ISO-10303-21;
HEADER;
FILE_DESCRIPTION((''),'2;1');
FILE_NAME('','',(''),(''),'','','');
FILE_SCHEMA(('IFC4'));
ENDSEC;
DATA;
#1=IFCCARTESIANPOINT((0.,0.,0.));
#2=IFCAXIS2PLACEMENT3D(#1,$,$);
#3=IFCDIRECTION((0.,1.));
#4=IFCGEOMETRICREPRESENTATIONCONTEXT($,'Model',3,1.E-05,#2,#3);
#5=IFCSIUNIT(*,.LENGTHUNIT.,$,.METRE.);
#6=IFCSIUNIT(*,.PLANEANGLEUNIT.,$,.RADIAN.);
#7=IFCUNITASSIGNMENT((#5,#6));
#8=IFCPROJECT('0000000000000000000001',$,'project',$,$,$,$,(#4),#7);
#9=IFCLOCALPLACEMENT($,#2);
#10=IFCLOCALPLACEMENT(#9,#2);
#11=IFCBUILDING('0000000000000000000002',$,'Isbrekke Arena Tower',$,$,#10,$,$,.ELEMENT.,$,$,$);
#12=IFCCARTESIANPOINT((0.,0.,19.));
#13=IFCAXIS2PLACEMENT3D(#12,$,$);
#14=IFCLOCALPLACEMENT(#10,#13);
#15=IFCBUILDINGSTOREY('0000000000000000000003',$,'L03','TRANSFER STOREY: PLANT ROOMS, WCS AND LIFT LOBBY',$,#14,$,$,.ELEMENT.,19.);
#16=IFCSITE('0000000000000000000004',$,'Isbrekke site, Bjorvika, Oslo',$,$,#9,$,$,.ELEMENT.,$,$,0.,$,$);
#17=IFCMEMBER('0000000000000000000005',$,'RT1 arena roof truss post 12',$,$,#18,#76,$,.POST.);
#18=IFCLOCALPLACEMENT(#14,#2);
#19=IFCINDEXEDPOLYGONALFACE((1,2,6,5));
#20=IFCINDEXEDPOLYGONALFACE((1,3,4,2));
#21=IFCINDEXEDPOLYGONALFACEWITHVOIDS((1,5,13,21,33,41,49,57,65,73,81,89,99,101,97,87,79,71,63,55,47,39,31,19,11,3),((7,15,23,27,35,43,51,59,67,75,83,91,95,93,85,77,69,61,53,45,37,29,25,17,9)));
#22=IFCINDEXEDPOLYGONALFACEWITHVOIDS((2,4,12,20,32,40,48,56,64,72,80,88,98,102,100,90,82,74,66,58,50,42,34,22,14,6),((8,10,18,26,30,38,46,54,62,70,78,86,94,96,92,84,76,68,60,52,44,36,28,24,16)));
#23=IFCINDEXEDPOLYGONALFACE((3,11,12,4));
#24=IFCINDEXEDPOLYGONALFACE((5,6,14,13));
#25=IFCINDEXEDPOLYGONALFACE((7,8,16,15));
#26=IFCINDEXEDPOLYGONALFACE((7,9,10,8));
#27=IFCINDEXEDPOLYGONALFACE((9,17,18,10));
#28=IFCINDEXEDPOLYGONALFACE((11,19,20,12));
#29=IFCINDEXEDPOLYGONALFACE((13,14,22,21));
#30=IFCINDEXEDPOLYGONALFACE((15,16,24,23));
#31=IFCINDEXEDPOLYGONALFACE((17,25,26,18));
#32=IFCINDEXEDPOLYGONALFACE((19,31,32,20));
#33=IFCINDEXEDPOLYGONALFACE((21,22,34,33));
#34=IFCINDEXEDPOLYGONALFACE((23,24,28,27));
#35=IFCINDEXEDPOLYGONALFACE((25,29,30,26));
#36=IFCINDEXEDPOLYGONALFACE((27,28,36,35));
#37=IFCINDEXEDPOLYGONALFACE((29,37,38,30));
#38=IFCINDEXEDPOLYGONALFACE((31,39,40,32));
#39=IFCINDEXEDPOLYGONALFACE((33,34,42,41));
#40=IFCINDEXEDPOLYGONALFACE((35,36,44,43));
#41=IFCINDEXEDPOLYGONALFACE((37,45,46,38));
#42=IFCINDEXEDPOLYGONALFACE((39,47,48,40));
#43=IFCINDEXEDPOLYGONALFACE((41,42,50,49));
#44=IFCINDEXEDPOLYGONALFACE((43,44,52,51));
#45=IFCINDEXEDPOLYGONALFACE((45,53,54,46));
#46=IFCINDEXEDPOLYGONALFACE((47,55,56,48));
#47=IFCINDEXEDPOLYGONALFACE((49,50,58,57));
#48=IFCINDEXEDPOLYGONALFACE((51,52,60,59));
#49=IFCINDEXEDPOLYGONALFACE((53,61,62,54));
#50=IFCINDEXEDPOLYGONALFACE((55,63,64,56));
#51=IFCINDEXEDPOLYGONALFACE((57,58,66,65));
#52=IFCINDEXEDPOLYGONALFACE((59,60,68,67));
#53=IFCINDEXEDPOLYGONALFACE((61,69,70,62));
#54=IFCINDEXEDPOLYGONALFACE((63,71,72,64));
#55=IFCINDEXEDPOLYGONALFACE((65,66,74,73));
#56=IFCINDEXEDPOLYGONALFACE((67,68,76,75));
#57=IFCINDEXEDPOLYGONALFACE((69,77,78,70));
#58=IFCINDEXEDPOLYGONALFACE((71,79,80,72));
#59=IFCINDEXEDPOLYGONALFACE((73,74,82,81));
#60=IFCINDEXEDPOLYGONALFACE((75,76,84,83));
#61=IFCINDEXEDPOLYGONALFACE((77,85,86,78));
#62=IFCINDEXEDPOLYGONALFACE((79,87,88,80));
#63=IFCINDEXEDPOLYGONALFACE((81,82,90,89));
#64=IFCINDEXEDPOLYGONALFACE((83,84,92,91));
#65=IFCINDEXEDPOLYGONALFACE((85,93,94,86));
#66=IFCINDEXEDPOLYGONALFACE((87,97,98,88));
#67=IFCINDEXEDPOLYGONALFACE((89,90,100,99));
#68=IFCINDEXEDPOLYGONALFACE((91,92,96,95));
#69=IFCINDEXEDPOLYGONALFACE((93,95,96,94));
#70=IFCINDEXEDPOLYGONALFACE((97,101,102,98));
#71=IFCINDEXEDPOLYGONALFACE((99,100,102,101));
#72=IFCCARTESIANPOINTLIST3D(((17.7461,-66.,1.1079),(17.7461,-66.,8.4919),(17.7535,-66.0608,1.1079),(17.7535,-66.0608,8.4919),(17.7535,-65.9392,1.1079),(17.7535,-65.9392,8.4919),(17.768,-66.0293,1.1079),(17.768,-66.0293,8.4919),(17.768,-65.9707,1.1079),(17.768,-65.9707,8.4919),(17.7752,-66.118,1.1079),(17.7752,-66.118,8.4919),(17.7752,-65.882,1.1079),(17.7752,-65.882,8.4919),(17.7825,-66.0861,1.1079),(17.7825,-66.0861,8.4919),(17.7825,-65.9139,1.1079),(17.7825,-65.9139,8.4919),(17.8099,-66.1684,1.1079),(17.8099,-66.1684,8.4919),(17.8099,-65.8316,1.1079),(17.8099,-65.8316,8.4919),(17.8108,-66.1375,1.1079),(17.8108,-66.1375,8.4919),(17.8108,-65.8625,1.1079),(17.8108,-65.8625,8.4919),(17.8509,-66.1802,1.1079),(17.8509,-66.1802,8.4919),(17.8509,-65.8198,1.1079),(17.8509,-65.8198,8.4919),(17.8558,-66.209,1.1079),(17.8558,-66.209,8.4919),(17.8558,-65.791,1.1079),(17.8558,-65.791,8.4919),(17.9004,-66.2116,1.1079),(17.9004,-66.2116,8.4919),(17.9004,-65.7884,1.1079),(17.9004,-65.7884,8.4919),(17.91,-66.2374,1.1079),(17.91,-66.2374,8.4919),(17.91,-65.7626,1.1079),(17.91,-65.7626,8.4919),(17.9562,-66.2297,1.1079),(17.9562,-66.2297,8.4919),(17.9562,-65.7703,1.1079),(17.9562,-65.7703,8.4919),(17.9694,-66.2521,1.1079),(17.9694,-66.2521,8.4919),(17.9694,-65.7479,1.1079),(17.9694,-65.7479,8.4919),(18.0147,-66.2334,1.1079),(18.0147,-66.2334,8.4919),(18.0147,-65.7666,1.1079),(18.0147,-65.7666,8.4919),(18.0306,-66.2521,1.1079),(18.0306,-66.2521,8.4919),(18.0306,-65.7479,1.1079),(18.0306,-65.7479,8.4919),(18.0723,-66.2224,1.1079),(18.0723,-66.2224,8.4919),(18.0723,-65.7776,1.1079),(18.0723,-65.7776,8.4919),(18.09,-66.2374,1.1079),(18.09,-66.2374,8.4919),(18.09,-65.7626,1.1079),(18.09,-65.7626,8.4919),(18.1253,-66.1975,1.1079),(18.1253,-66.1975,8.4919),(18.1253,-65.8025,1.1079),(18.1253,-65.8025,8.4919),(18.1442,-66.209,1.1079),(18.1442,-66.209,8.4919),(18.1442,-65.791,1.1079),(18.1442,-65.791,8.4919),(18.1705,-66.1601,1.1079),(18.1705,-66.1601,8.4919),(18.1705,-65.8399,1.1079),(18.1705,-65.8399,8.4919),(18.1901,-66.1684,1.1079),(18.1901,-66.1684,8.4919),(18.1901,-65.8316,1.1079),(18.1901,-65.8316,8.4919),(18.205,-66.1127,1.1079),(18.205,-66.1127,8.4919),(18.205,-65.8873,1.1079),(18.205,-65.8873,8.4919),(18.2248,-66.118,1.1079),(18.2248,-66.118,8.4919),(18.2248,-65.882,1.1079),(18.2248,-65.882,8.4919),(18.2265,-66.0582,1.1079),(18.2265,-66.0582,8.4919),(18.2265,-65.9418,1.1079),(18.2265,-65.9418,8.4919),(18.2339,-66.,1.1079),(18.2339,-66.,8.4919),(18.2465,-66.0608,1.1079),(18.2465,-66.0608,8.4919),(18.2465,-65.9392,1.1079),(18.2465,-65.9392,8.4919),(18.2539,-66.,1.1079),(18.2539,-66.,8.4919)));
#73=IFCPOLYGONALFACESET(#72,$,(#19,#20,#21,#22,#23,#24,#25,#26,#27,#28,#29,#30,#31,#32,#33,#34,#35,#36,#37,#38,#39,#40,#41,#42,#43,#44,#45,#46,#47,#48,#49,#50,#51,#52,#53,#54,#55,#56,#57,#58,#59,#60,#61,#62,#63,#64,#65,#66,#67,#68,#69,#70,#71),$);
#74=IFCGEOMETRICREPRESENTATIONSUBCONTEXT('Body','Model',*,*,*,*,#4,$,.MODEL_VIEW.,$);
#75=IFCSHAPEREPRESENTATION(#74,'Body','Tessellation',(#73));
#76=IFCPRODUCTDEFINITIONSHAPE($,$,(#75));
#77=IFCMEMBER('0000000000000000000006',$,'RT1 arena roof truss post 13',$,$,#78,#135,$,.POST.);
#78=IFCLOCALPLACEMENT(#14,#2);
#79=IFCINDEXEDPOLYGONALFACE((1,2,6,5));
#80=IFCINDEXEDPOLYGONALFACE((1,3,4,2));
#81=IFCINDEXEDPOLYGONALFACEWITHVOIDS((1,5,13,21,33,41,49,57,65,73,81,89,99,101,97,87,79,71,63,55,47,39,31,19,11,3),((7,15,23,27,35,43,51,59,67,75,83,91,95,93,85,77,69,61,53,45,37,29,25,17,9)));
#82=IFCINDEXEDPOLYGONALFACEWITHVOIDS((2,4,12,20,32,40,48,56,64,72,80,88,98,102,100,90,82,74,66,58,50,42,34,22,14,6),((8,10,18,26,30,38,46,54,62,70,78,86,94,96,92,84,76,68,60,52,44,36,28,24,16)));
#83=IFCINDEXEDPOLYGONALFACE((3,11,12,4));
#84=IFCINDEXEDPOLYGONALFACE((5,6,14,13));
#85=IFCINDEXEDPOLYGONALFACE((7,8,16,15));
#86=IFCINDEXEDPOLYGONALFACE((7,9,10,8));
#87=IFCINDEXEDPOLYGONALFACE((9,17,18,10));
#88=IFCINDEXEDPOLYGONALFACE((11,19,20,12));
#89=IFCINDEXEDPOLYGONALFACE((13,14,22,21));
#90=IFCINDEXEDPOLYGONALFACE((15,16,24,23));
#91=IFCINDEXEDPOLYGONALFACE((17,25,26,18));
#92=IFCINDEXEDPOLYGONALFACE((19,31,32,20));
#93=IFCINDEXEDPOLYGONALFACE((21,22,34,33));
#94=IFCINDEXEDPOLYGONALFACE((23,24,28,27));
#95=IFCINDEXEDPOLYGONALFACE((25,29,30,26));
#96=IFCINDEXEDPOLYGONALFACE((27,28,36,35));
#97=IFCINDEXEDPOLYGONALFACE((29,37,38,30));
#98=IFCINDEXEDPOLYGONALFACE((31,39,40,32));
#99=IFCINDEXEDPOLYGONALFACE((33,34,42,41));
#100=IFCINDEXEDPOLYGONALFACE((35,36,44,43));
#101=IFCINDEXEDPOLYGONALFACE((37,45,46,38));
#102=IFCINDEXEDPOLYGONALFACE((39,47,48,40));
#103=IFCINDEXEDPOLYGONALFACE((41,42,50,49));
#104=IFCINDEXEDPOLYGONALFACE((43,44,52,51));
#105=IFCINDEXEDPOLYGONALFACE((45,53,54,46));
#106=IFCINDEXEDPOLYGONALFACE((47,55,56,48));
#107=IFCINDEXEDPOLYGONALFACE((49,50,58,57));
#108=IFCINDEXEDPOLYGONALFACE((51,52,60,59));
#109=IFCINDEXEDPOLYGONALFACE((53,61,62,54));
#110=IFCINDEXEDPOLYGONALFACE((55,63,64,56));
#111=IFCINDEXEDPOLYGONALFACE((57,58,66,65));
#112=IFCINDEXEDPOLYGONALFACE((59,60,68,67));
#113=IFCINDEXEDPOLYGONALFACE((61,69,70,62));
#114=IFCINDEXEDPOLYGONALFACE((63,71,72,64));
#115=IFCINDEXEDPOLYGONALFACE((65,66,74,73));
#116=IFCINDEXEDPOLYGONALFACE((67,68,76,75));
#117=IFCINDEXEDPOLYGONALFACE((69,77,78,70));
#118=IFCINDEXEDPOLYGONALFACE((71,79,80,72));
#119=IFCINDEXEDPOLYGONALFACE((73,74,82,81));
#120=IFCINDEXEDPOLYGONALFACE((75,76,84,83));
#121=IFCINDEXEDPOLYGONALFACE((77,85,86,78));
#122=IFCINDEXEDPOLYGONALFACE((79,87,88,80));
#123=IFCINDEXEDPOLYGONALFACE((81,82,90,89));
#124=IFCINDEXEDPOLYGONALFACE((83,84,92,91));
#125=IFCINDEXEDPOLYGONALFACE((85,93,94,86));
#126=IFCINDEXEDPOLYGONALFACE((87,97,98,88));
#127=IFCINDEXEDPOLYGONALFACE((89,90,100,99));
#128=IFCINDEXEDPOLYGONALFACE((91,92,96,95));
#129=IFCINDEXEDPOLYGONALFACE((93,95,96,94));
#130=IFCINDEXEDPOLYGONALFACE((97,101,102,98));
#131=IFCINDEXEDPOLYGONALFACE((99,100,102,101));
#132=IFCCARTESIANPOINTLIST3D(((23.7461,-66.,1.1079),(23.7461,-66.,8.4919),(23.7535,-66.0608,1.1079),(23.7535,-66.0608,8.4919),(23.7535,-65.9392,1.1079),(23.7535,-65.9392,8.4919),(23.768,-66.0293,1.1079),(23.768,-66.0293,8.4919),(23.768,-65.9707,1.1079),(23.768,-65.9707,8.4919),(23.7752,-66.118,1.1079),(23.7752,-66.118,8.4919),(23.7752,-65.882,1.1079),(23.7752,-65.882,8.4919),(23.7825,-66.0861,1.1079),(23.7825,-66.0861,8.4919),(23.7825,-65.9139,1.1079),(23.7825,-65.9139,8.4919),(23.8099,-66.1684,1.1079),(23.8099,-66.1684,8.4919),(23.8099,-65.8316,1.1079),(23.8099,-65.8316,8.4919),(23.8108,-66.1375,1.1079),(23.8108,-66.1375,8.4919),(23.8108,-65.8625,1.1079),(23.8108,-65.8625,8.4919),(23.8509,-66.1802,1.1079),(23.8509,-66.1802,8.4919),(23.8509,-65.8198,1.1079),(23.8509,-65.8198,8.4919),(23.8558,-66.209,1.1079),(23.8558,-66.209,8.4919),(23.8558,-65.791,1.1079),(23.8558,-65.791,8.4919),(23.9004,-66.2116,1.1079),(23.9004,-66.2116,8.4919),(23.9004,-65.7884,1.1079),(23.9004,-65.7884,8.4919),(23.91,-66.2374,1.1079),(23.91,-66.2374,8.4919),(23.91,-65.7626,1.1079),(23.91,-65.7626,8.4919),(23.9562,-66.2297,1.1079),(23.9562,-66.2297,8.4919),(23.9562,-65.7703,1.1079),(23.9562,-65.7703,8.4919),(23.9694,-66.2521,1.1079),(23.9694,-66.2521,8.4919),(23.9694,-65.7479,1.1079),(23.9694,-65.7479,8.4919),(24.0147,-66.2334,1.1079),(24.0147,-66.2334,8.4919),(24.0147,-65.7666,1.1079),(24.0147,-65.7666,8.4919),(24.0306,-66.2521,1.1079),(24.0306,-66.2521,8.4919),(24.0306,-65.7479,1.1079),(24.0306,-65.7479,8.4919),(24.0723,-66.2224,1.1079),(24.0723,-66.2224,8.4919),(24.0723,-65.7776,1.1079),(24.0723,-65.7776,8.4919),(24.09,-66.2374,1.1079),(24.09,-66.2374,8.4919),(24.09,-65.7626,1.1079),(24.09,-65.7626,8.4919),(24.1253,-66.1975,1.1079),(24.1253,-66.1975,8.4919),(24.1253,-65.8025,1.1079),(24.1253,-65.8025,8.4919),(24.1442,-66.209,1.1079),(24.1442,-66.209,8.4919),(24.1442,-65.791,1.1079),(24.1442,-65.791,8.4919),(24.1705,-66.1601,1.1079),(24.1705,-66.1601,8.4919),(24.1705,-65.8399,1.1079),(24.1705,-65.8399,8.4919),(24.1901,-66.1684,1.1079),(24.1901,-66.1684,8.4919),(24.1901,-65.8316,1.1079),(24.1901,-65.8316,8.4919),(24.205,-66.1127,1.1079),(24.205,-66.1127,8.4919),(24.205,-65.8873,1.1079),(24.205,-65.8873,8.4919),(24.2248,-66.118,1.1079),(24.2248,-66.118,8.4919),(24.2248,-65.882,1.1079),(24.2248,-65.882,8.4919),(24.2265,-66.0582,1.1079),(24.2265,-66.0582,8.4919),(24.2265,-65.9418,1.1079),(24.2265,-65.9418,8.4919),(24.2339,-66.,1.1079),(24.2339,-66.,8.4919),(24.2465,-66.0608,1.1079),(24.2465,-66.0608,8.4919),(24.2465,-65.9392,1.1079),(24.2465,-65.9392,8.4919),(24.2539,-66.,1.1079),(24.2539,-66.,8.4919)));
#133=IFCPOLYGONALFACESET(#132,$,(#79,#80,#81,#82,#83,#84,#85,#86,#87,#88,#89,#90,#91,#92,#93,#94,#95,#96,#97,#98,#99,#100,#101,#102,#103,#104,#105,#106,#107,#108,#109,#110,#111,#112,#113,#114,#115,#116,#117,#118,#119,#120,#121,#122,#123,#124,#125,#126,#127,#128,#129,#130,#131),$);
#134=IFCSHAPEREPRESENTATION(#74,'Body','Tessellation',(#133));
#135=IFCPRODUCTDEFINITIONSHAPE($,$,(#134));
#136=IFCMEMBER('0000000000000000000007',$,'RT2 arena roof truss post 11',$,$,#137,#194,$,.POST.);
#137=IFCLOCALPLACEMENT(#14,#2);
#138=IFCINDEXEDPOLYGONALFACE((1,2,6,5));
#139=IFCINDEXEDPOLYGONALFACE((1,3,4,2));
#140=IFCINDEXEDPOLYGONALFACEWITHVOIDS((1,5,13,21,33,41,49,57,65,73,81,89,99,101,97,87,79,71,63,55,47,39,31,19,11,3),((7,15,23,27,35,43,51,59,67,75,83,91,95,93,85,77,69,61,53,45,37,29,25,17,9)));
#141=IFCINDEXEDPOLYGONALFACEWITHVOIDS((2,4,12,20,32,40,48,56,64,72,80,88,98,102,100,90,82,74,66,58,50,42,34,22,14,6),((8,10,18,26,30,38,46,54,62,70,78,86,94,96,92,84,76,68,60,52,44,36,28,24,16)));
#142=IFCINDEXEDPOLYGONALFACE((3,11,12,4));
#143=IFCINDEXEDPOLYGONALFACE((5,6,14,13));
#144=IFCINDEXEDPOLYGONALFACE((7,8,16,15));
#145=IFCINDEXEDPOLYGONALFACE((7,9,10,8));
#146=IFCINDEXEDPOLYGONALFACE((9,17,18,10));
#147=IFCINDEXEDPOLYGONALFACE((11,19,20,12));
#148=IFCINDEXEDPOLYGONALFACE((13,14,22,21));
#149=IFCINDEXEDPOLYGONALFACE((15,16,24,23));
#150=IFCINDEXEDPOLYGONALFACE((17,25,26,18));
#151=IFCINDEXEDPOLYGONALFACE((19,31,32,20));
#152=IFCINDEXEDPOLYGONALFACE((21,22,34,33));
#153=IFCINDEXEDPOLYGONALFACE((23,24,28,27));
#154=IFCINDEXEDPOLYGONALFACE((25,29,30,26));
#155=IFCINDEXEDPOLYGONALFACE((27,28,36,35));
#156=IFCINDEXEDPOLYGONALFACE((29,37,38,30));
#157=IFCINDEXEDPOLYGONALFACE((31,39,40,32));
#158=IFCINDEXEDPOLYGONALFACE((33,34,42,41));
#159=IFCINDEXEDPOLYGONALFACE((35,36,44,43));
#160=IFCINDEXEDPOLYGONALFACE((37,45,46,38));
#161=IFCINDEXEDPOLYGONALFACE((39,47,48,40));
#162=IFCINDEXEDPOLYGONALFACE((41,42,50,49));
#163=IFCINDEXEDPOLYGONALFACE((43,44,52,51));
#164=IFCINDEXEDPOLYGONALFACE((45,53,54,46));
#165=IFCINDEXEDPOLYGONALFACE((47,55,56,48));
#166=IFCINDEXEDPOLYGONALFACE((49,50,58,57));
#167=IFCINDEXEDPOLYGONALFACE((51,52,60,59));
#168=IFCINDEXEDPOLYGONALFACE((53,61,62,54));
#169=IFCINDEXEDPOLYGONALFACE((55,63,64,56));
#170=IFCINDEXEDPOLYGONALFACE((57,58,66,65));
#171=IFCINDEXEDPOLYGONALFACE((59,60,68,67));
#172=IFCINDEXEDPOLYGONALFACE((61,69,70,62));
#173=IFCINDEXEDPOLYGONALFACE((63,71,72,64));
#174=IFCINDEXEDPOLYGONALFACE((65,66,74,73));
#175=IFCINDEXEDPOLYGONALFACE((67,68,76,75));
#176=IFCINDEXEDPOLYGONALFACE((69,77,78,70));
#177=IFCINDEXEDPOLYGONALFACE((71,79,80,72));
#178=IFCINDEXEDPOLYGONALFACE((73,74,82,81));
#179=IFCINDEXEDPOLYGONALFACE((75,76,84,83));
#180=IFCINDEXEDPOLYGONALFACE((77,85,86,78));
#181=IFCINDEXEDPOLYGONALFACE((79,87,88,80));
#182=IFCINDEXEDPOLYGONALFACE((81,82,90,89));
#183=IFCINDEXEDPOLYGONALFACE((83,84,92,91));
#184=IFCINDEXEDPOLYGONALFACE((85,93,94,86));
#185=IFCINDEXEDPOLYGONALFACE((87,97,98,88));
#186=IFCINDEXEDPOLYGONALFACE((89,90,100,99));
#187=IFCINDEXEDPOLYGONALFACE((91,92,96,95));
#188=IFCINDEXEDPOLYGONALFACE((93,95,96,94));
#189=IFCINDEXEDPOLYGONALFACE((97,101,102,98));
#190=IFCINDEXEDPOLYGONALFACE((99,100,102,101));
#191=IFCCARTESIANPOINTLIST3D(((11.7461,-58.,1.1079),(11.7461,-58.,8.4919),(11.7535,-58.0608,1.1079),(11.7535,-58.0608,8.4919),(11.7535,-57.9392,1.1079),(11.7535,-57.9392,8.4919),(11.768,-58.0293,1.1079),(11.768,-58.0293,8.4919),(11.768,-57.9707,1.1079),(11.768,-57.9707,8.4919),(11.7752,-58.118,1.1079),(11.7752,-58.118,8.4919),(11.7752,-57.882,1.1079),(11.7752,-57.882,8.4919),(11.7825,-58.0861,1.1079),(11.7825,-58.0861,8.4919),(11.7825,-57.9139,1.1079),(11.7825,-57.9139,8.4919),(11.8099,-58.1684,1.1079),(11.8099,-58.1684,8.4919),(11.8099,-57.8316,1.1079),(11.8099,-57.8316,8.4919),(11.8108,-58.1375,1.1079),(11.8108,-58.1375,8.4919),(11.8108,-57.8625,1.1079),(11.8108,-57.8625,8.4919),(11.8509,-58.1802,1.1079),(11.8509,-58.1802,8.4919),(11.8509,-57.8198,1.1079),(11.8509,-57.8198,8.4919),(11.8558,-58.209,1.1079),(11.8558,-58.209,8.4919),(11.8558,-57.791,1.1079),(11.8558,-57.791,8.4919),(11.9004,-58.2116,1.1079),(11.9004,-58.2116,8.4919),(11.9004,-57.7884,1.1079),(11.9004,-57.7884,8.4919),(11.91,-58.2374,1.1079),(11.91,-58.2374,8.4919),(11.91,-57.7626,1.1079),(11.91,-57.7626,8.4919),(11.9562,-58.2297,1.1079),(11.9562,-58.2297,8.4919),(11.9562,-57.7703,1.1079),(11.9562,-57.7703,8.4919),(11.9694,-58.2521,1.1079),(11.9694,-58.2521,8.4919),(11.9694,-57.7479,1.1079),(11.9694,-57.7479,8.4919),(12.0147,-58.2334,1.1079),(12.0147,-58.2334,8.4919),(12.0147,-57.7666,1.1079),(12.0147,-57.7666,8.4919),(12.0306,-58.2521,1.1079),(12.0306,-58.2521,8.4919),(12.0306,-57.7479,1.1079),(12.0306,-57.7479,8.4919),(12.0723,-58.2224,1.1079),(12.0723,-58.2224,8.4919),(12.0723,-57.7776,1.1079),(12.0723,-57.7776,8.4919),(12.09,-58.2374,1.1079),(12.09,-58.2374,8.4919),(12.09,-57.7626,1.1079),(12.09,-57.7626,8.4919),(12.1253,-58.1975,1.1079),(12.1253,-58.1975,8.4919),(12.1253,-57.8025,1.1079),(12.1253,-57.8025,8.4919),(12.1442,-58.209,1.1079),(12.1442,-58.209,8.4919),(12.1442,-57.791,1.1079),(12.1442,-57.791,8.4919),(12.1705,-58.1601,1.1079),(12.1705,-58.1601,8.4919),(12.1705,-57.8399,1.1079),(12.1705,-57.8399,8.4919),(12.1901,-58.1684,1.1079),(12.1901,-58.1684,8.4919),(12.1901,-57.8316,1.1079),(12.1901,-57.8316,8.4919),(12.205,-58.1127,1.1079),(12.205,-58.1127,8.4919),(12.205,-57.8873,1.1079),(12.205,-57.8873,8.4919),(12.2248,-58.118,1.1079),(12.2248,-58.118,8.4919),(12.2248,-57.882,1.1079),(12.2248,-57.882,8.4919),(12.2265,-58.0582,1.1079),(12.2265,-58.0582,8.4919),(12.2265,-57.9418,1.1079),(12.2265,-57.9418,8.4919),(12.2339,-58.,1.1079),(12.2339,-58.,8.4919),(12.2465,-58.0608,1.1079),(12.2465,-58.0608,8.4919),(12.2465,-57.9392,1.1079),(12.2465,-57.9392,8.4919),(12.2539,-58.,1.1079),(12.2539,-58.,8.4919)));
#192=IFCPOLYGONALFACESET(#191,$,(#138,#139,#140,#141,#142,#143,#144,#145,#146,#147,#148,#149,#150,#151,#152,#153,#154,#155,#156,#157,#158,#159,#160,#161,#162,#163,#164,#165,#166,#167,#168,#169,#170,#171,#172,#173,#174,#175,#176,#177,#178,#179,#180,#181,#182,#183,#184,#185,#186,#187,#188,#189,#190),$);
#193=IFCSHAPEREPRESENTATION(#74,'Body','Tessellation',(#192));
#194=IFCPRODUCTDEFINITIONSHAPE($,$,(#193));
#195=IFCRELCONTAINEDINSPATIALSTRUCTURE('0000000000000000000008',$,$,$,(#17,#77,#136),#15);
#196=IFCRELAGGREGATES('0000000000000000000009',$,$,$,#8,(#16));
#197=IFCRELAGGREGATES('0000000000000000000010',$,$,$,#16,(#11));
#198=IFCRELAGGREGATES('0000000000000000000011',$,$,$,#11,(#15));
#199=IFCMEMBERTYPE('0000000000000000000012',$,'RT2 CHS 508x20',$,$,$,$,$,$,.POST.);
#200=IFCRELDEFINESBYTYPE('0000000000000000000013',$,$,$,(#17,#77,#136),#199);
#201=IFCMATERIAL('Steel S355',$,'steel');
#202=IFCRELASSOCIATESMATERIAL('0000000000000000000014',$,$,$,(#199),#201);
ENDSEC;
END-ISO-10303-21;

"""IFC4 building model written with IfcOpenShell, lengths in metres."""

from ifc_helpers import new_model, si_unit, direction, frame, origin, origin_2d, place, context, subcontext, project, spatial, hollow_circle, extrude, material, material_profile, profile_set, type_object, element, save


model = new_model("IFC4")

# Units and contexts
model_context = context("Model", 3, precision=1e-05, world=origin(), true_north=direction((0.0, 1.0)))
body_context = subcontext(model_context, "Body", "Model", "MODEL_VIEW")
ifc_project = project(units=[si_unit("LENGTHUNIT", "METRE"), si_unit("PLANEANGLEUNIT", "RADIAN")], contexts=[model_context])

# Site, building, storey
site_placement = place(None, origin())
site = spatial("IfcSite", under=ifc_project, at=site_placement, Name="Isbrekke site, Bjorvika, Oslo", CompositionType="ELEMENT", RefElevation=0.0)
building_placement = place(site_placement, origin())
building = spatial("IfcBuilding", under=site, at=building_placement, Name="Isbrekke Arena Tower", CompositionType="ELEMENT")
storey_placement = place(building_placement, frame((0.0, 0.0, 19.0)))
storey = spatial("IfcBuildingStorey", under=building, at=storey_placement, Name="L03", Description="TRANSFER STOREY: PLANT ROOMS, WCS AND LIFT LOBBY", CompositionType="ELEMENT", Elevation=19.0)

# Members
ifc_material_1 = material(Name="Steel S355", Category="steel")
ifc_material_profile_1 = material_profile(ifc_material_1, hollow_circle(Radius=0.2539, WallThickness=0.02, at=origin_2d()), Name="CHS 508x20")
ifc_profile_set_1 = profile_set([ifc_material_profile_1], Name="Steel S355")
member_type_1 = type_object("IfcMemberType", Name="RT2 CHS 508x20", PredefinedType="POST", material=ifc_profile_set_1)
for number, where, z_axis, x_axis, name in (
    (1, (18.0, -66.0, 1.1079), (0.0, 0.0, 1.0), (1.0, 0.0, 0.0), "RT1 arena roof truss post 12"),
    (2, (24.0, -66.0, 1.1079), (0.0, 0.0, 1.0), (1.0, 0.0, 0.0), "RT1 arena roof truss post 13"),
    (3, (12.0, -58.0, 1.1079), (0.0, 0.0, 1.0), (1.0, 0.0, 0.0), "RT2 arena roof truss post 11"),
):
    element("IfcMember", number, at=place(storey_placement, frame(where, z_axis=z_axis, x_axis=x_axis)), inside=storey, type_object=member_type_1, Name=name, PredefinedType="POST", context=body_context, shape_type="SweptSolid", body=[
        extrude(hollow_circle(Radius=0.2539, WallThickness=0.02, at=origin_2d()), origin(), (0.0, 0.0, 1.0), 7.384),
    ])

save(model, "model.ifc")
